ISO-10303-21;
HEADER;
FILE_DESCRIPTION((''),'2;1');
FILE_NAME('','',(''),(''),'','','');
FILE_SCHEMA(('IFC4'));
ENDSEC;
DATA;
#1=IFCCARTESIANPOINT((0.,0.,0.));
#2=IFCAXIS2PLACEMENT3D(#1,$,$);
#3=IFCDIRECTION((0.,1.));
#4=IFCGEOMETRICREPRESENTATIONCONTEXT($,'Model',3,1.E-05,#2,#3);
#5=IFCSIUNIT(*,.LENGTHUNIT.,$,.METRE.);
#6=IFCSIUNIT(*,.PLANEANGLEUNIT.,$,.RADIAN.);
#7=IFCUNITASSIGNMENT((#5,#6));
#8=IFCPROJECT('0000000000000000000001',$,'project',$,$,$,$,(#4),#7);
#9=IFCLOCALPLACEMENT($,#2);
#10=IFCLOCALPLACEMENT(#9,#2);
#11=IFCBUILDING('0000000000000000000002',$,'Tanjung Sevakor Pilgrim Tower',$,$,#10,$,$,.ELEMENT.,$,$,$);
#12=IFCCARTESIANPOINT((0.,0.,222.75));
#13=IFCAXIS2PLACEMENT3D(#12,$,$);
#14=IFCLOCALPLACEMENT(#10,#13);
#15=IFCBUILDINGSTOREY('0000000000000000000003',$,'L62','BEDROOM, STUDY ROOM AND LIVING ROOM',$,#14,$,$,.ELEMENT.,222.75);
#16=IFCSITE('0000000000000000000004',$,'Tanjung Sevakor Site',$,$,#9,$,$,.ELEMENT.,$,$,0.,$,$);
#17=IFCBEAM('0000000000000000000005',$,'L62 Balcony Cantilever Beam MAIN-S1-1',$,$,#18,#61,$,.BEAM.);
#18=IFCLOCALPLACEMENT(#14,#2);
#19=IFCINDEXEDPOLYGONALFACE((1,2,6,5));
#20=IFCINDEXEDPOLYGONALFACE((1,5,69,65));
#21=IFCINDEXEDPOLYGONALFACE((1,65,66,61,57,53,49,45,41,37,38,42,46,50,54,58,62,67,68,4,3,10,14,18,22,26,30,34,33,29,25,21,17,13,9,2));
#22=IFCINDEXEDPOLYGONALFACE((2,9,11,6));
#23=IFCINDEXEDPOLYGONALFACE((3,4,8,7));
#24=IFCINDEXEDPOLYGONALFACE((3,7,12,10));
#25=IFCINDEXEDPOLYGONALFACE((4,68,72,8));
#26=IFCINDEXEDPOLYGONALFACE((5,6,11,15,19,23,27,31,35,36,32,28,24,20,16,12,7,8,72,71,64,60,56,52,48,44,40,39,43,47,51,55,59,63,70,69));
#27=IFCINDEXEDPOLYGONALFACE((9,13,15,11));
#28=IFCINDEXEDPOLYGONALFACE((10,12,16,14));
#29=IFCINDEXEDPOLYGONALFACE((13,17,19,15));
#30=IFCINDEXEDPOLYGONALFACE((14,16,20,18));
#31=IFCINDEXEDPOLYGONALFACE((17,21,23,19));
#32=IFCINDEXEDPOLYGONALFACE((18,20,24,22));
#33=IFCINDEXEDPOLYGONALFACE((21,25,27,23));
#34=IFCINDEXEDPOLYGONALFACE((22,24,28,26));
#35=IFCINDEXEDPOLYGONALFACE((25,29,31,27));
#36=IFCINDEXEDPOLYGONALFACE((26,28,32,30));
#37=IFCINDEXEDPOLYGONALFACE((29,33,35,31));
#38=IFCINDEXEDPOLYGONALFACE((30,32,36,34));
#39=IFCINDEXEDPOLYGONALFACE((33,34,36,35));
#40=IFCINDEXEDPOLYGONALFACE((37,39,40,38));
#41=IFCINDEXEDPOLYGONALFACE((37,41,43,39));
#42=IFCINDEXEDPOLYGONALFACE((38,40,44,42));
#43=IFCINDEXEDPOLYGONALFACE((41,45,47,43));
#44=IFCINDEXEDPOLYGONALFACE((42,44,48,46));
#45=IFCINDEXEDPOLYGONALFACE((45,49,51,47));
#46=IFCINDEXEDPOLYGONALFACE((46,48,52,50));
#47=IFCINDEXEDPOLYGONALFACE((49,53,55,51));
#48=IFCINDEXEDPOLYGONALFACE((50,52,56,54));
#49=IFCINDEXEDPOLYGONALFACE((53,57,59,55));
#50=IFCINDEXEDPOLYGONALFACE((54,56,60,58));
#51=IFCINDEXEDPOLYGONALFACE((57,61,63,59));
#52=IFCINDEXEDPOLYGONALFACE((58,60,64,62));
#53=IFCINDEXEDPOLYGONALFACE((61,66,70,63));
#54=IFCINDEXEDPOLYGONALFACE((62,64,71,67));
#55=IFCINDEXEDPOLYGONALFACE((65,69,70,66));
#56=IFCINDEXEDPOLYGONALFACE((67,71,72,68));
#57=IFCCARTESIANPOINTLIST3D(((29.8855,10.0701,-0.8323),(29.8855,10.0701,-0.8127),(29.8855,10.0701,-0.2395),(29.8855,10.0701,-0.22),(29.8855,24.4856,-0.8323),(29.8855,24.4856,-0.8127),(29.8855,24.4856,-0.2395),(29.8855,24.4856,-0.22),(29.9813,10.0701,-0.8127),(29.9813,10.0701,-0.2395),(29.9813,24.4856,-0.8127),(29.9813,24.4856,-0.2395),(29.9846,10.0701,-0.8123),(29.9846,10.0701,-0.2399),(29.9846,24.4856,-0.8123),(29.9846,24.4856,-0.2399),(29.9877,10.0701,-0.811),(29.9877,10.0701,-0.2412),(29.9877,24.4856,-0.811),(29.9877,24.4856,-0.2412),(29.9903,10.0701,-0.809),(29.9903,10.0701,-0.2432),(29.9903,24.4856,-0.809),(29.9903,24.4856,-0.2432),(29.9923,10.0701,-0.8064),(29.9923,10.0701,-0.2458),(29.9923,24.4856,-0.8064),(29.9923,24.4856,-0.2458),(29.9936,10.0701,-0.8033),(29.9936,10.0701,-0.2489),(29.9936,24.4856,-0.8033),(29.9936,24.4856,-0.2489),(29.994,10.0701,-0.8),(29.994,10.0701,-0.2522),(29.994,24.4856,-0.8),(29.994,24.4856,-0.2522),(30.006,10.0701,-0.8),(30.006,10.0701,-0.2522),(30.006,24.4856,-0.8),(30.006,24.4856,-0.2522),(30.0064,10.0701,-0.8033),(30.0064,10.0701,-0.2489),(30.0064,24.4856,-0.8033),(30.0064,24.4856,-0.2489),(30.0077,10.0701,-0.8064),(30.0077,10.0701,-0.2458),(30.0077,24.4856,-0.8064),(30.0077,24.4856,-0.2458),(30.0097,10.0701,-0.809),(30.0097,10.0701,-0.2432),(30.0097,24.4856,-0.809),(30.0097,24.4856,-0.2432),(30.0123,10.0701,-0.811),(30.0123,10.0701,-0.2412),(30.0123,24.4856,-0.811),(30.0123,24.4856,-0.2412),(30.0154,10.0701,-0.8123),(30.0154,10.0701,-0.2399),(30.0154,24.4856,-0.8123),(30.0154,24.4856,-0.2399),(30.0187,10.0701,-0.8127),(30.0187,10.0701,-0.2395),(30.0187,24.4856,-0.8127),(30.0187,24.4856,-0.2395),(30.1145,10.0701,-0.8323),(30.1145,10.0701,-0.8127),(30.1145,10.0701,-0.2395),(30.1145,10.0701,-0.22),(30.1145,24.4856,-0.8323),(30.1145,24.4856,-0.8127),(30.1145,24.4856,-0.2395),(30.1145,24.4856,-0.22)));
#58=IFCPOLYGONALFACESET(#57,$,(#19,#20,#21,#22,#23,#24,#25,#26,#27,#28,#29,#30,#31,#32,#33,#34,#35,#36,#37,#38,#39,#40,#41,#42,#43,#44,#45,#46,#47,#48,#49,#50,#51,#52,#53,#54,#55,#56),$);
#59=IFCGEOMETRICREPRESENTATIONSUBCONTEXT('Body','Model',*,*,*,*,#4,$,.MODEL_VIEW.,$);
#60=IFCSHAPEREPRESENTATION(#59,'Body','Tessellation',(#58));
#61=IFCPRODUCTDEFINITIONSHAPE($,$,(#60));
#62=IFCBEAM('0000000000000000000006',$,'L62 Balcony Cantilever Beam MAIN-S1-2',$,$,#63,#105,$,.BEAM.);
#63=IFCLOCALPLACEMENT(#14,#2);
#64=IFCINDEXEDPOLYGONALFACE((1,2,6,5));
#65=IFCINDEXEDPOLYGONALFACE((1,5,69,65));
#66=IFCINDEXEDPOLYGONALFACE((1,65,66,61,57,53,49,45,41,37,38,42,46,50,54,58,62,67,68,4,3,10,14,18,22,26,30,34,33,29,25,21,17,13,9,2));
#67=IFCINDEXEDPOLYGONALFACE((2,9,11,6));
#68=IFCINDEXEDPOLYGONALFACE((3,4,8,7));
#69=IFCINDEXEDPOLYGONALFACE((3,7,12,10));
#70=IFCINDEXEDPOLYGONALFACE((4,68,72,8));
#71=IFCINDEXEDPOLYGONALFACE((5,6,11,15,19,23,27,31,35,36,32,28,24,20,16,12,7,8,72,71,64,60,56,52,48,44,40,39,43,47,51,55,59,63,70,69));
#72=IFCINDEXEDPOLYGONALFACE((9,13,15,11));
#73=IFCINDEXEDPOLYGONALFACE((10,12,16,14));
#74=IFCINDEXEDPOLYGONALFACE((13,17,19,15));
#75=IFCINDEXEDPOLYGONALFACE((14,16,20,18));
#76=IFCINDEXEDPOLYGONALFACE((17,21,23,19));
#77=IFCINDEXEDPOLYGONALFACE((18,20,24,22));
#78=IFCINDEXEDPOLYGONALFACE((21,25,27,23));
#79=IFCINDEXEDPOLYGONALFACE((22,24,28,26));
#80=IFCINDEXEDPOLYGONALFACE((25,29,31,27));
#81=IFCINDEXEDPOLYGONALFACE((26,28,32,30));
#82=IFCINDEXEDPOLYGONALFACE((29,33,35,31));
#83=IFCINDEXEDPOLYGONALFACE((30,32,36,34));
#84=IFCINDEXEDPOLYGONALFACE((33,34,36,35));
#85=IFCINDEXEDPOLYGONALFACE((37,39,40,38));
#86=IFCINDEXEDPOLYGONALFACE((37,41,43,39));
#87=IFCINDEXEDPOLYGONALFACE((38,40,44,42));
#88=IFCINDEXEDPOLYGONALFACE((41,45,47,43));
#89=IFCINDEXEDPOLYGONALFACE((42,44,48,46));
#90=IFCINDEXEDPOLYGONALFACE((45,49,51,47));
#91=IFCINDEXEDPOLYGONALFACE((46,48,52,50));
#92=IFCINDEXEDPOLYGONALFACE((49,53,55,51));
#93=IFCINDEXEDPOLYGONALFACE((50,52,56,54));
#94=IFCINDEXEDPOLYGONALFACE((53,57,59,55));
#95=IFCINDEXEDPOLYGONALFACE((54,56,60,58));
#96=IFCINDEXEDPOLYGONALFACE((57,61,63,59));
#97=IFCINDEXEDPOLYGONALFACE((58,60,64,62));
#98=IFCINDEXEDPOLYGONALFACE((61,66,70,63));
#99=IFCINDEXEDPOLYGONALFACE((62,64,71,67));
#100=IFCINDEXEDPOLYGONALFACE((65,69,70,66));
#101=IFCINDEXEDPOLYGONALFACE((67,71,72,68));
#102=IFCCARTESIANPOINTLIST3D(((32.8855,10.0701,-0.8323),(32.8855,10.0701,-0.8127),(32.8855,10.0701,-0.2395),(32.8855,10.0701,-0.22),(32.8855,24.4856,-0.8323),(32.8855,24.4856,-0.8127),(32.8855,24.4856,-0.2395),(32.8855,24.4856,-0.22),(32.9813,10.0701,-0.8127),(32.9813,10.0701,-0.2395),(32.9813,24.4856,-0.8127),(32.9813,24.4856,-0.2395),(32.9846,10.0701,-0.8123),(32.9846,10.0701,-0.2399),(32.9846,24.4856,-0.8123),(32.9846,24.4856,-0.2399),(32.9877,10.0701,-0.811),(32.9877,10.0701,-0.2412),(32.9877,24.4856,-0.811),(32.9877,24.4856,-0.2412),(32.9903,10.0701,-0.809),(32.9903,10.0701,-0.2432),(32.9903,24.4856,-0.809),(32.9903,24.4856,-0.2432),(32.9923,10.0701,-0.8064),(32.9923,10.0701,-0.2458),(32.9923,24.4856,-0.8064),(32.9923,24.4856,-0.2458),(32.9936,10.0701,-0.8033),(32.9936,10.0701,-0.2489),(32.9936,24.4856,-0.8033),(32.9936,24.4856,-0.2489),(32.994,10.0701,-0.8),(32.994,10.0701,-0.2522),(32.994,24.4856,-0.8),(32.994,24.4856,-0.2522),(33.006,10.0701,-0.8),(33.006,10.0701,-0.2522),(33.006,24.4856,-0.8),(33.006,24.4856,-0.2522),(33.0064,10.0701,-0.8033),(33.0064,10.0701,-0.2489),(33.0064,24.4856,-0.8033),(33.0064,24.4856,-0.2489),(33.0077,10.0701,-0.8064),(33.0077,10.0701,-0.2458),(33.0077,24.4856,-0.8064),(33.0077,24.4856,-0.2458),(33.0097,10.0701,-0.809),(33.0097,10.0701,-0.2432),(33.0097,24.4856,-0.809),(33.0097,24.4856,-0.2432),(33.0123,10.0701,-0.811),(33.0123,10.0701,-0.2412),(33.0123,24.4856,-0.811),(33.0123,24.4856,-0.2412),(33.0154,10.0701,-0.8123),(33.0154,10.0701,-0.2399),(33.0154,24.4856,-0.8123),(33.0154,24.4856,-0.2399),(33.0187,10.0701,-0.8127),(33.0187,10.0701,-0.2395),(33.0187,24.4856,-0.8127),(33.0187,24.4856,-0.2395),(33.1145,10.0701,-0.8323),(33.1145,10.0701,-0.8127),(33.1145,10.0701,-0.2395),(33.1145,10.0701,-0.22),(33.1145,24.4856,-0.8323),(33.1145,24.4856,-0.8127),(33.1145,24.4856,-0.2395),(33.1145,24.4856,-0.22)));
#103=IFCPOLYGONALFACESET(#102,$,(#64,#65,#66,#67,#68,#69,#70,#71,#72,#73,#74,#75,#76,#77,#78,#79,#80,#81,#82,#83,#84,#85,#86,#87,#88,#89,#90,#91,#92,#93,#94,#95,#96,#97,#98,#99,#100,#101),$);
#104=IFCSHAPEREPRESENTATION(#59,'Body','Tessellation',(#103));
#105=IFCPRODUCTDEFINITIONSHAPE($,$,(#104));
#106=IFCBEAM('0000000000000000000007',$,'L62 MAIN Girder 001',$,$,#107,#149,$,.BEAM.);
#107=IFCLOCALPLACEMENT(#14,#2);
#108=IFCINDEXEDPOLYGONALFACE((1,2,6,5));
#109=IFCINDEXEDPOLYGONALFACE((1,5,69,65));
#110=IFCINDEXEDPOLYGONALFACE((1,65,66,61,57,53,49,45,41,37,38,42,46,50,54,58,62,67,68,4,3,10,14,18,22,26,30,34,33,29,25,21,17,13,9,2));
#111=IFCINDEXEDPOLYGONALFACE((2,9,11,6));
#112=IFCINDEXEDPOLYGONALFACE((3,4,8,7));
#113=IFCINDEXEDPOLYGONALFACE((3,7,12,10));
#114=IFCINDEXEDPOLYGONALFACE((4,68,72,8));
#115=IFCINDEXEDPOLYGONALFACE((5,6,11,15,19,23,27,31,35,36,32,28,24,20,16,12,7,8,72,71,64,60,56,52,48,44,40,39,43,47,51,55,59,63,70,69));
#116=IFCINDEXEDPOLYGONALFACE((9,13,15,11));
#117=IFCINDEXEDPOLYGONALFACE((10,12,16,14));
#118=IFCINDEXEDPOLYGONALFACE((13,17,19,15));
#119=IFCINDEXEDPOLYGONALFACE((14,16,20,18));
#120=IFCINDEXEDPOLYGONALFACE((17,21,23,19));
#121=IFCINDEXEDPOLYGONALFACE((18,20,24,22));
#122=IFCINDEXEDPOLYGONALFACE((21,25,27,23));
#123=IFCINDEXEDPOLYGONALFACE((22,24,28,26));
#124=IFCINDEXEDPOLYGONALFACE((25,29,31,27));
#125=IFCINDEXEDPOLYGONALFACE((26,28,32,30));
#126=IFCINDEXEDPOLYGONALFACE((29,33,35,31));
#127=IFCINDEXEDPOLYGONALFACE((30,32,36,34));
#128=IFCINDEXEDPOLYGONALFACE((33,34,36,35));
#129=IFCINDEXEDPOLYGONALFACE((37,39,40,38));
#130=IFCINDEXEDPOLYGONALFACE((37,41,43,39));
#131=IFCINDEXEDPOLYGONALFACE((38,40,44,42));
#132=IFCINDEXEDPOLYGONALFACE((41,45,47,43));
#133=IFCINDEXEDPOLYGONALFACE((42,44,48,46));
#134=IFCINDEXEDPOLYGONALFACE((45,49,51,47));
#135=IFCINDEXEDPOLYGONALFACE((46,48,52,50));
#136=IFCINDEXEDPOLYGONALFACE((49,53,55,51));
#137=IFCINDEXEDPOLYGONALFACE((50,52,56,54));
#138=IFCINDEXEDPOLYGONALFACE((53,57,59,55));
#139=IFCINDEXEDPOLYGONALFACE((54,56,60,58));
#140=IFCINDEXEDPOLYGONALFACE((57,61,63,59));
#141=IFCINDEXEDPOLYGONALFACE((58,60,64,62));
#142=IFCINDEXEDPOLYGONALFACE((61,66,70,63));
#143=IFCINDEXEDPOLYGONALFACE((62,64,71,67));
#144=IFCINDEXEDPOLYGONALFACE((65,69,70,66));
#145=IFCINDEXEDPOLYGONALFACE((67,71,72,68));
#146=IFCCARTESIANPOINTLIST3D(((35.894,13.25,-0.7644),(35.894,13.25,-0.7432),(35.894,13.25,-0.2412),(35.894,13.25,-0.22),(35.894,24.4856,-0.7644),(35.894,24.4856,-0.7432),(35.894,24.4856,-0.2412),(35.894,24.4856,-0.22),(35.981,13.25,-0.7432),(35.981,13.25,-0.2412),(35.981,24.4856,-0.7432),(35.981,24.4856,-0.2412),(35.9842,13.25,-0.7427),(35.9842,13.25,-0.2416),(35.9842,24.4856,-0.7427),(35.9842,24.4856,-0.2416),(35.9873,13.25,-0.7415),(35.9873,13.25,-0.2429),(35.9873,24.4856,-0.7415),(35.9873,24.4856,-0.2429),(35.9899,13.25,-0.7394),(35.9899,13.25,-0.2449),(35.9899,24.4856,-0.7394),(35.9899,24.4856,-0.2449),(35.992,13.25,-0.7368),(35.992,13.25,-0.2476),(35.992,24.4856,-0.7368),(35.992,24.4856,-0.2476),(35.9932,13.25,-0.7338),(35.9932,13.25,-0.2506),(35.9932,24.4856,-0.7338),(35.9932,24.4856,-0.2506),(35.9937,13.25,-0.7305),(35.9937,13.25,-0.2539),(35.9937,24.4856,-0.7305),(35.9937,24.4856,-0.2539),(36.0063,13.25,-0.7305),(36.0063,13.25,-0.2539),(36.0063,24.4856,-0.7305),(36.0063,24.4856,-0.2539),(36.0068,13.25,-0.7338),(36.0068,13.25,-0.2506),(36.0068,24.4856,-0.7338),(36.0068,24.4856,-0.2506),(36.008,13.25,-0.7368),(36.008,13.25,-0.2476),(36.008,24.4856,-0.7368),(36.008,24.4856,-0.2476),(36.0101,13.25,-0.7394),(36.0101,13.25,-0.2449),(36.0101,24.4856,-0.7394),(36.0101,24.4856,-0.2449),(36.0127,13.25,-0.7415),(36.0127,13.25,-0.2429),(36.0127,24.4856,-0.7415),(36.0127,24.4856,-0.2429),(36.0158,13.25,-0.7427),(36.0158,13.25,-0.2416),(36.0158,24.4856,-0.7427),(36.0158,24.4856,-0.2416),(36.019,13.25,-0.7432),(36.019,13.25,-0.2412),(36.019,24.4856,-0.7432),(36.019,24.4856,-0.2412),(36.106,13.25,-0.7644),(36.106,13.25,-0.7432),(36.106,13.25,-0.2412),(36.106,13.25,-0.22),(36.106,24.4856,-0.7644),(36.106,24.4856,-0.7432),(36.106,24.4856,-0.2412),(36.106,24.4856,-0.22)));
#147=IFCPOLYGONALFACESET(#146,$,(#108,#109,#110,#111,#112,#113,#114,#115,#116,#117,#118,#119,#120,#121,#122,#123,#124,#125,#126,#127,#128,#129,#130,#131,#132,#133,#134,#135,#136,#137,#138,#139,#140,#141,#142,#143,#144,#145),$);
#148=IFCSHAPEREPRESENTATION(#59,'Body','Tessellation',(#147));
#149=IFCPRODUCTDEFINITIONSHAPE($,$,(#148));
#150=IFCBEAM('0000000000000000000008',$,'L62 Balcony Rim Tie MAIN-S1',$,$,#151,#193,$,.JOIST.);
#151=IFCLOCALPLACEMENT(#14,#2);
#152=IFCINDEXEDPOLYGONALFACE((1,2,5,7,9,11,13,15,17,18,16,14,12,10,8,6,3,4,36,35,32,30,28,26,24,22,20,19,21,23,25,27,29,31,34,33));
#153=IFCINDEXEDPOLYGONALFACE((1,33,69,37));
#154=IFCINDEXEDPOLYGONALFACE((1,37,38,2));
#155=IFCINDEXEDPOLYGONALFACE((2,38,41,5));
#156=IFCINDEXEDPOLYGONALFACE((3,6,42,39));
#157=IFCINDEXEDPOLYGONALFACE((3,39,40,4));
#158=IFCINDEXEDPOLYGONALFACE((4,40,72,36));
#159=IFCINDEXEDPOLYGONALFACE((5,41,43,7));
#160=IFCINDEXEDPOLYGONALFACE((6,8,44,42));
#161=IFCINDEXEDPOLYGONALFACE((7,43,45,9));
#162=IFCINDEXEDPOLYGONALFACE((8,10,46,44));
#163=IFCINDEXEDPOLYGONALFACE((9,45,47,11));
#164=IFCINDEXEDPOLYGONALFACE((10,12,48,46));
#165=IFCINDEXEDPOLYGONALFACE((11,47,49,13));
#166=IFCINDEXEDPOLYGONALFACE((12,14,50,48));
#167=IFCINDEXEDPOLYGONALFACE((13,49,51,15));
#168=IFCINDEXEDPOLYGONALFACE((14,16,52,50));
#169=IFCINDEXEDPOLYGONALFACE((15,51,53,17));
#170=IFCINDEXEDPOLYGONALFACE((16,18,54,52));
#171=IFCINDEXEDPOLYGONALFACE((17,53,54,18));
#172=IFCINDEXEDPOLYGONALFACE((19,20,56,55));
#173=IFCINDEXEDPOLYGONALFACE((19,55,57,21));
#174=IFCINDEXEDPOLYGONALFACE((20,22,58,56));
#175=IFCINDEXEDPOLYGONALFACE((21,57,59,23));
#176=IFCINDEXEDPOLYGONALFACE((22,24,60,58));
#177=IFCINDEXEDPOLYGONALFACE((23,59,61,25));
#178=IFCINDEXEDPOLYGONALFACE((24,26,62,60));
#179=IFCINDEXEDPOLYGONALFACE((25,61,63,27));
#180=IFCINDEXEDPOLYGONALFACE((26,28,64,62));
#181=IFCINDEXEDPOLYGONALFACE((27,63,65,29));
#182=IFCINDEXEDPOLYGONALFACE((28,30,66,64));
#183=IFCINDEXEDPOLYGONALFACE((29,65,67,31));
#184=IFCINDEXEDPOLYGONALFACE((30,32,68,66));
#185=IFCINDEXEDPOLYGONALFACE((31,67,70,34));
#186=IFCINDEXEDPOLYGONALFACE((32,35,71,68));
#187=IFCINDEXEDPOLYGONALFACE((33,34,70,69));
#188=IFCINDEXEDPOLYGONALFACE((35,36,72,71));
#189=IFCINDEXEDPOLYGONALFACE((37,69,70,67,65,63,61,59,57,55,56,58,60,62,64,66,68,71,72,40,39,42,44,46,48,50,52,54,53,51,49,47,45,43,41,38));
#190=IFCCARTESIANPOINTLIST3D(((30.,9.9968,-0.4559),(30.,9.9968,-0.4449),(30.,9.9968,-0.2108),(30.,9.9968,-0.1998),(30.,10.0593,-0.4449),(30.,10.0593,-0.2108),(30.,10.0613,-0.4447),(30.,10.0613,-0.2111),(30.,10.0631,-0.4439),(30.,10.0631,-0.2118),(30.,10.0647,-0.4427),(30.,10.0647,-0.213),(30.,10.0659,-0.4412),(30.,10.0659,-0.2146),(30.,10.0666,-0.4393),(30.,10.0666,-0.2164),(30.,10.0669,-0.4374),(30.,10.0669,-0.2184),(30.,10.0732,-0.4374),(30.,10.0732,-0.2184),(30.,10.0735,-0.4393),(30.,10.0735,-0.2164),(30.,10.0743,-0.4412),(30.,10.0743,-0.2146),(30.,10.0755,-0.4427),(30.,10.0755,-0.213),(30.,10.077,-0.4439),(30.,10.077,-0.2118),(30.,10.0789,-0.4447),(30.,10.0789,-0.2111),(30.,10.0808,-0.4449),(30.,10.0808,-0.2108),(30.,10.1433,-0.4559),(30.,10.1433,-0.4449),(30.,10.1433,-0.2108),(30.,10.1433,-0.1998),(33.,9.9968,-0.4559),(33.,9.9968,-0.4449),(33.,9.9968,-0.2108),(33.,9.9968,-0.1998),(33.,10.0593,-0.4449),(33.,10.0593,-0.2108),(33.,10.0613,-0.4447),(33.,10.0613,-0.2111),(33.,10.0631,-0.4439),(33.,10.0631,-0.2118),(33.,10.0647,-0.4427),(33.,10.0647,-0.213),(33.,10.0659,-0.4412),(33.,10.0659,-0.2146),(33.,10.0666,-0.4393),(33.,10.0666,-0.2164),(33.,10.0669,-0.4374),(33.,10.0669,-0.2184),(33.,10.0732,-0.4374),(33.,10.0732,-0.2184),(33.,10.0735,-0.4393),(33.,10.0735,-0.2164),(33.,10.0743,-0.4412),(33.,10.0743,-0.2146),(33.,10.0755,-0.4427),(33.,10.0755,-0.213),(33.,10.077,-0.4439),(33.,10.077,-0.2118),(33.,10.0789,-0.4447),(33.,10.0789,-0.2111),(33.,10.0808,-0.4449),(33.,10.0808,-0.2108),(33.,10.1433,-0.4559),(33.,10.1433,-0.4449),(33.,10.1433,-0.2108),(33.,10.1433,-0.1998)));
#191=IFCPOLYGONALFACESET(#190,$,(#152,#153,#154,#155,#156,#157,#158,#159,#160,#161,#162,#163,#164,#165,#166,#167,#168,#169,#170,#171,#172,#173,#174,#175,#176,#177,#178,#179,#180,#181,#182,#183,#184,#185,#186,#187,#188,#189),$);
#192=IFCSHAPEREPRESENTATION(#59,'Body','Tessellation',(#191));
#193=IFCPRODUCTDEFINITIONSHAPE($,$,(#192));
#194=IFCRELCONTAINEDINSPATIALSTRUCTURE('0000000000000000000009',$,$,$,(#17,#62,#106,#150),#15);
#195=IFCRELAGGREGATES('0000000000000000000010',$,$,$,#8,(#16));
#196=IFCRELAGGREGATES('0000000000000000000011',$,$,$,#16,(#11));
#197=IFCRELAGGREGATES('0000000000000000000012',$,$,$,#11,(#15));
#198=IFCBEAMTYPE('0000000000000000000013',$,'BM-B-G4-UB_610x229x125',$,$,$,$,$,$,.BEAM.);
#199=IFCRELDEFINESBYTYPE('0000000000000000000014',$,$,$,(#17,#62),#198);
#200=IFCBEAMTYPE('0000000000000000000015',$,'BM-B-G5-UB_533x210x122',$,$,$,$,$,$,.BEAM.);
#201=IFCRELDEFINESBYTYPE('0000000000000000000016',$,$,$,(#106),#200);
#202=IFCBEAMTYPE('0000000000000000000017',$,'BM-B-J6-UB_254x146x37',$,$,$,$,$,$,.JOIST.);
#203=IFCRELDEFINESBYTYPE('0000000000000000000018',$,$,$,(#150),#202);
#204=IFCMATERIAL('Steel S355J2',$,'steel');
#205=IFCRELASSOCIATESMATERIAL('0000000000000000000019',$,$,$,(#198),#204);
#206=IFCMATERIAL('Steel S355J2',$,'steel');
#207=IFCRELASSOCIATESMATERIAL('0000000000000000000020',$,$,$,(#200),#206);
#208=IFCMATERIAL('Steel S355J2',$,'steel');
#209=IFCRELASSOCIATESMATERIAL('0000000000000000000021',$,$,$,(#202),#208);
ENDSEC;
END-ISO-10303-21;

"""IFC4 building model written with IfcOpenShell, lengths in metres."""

from ifc_helpers import new_model, si_unit, direction, frame, origin, origin_2d, place, context, subcontext, project, spatial, i_section, extrude, material, material_profile, profile_set, type_object, element, save


model = new_model("IFC4")

# Units and contexts
model_context = context("Model", 3, precision=1e-05, world=origin(), true_north=direction((0.0, 1.0)))
body_context = subcontext(model_context, "Body", "Model", "MODEL_VIEW")
ifc_project = project(units=[si_unit("LENGTHUNIT", "METRE"), si_unit("PLANEANGLEUNIT", "RADIAN")], contexts=[model_context])

# Site, building, storey
site_placement = place(None, origin())
site = spatial("IfcSite", under=ifc_project, at=site_placement, Name="Tanjung Sevakor Site", CompositionType="ELEMENT", RefElevation=0.0)
building_placement = place(site_placement, origin())
building = spatial("IfcBuilding", under=site, at=building_placement, Name="Tanjung Sevakor Pilgrim Tower", CompositionType="ELEMENT")
storey_placement = place(building_placement, frame((0.0, 0.0, 222.75)))
storey = spatial("IfcBuildingStorey", under=building, at=storey_placement, Name="L62", Description="BEDROOM, STUDY ROOM AND LIVING ROOM", CompositionType="ELEMENT", Elevation=222.75)

# Beams
ifc_material_1 = material(Name="Steel S355J2", Category="steel")
ifc_material_profile_1 = material_profile(ifc_material_1, i_section(OverallWidth=0.229, OverallDepth=0.6123, WebThickness=0.012, FlangeThickness=0.0195, FilletRadius=0.0127, at=origin_2d()))
ifc_profile_set_1 = profile_set([ifc_material_profile_1], Name="Steel S355J2")
beam_type_1 = type_object("IfcBeamType", Name="BM-B-G4-UB_610x229x125", PredefinedType="BEAM", material=ifc_profile_set_1)
for number, where, z_axis, x_axis, name in (
    (1, (30.0, 24.4856, -0.5261), (0.0, -1.0, 0.0), (1.0, 0.0, 0.0), "L62 Balcony Cantilever Beam MAIN-S1-1"),
    (2, (33.0, 24.4856, -0.5261), (0.0, -1.0, 0.0), (1.0, 0.0, 0.0), "L62 Balcony Cantilever Beam MAIN-S1-2"),
):
    element("IfcBeam", number, at=place(storey_placement, frame(where, z_axis=z_axis, x_axis=x_axis)), inside=storey, type_object=beam_type_1, Name=name, PredefinedType="BEAM", context=body_context, shape_type="SweptSolid", body=[
        extrude(i_section(OverallWidth=0.229, OverallDepth=0.6123, WebThickness=0.012, FlangeThickness=0.0195, FilletRadius=0.0127, at=origin_2d()), origin(), (0.0, 0.0, 1.0), 14.4155),
    ])
ifc_material_2 = material(Name="Steel S355J2", Category="steel")
ifc_material_profile_2 = material_profile(ifc_material_2, i_section(OverallWidth=0.2119, OverallDepth=0.5444, WebThickness=0.0127, FlangeThickness=0.0212, FilletRadius=0.0127, at=origin_2d()))
ifc_profile_set_2 = profile_set([ifc_material_profile_2], Name="Steel S355J2")
beam_type_2 = type_object("IfcBeamType", Name="BM-B-G5-UB_533x210x122", PredefinedType="BEAM", material=ifc_profile_set_2)
beam_1_placement = place(storey_placement, frame((36.0, 13.25, -0.4922), z_axis=(0.0, 1.0, 0.0), x_axis=(-1.0, 0.0, 0.0)))
element("IfcBeam", 3, at=beam_1_placement, inside=storey, type_object=beam_type_2, Name="L62 MAIN Girder 001", PredefinedType="BEAM", context=body_context, shape_type="SweptSolid", body=[
    extrude(i_section(OverallWidth=0.2119, OverallDepth=0.5444, WebThickness=0.0127, FlangeThickness=0.0212, FilletRadius=0.0127, at=origin_2d()), origin(), (0.0, 0.0, 1.0), 11.2356),
])
ifc_material_3 = material(Name="Steel S355J2", Category="steel")
ifc_material_profile_3 = material_profile(ifc_material_3, i_section(OverallWidth=0.1465, OverallDepth=0.2561, WebThickness=0.0063, FlangeThickness=0.011, FilletRadius=0.0076, at=origin_2d()))
ifc_profile_set_3 = profile_set([ifc_material_profile_3], Name="Steel S355J2")
beam_type_3 = type_object("IfcBeamType", Name="BM-B-J6-UB_254x146x37", PredefinedType="JOIST", material=ifc_profile_set_3)
beam_2_placement = place(storey_placement, frame((30.0, 10.0701, -0.3279), z_axis=(1.0, 0.0, 0.0), x_axis=(0.0, 1.0, 0.0)))
element("IfcBeam", 4, at=beam_2_placement, inside=storey, type_object=beam_type_3, Name="L62 Balcony Rim Tie MAIN-S1", PredefinedType="JOIST", context=body_context, shape_type="SweptSolid", body=[
    extrude(i_section(OverallWidth=0.1465, OverallDepth=0.2561, WebThickness=0.0063, FlangeThickness=0.011, FilletRadius=0.0076, at=origin_2d()), origin(), (0.0, 0.0, 1.0), 3.0),
])

save(model, "model.ifc")
